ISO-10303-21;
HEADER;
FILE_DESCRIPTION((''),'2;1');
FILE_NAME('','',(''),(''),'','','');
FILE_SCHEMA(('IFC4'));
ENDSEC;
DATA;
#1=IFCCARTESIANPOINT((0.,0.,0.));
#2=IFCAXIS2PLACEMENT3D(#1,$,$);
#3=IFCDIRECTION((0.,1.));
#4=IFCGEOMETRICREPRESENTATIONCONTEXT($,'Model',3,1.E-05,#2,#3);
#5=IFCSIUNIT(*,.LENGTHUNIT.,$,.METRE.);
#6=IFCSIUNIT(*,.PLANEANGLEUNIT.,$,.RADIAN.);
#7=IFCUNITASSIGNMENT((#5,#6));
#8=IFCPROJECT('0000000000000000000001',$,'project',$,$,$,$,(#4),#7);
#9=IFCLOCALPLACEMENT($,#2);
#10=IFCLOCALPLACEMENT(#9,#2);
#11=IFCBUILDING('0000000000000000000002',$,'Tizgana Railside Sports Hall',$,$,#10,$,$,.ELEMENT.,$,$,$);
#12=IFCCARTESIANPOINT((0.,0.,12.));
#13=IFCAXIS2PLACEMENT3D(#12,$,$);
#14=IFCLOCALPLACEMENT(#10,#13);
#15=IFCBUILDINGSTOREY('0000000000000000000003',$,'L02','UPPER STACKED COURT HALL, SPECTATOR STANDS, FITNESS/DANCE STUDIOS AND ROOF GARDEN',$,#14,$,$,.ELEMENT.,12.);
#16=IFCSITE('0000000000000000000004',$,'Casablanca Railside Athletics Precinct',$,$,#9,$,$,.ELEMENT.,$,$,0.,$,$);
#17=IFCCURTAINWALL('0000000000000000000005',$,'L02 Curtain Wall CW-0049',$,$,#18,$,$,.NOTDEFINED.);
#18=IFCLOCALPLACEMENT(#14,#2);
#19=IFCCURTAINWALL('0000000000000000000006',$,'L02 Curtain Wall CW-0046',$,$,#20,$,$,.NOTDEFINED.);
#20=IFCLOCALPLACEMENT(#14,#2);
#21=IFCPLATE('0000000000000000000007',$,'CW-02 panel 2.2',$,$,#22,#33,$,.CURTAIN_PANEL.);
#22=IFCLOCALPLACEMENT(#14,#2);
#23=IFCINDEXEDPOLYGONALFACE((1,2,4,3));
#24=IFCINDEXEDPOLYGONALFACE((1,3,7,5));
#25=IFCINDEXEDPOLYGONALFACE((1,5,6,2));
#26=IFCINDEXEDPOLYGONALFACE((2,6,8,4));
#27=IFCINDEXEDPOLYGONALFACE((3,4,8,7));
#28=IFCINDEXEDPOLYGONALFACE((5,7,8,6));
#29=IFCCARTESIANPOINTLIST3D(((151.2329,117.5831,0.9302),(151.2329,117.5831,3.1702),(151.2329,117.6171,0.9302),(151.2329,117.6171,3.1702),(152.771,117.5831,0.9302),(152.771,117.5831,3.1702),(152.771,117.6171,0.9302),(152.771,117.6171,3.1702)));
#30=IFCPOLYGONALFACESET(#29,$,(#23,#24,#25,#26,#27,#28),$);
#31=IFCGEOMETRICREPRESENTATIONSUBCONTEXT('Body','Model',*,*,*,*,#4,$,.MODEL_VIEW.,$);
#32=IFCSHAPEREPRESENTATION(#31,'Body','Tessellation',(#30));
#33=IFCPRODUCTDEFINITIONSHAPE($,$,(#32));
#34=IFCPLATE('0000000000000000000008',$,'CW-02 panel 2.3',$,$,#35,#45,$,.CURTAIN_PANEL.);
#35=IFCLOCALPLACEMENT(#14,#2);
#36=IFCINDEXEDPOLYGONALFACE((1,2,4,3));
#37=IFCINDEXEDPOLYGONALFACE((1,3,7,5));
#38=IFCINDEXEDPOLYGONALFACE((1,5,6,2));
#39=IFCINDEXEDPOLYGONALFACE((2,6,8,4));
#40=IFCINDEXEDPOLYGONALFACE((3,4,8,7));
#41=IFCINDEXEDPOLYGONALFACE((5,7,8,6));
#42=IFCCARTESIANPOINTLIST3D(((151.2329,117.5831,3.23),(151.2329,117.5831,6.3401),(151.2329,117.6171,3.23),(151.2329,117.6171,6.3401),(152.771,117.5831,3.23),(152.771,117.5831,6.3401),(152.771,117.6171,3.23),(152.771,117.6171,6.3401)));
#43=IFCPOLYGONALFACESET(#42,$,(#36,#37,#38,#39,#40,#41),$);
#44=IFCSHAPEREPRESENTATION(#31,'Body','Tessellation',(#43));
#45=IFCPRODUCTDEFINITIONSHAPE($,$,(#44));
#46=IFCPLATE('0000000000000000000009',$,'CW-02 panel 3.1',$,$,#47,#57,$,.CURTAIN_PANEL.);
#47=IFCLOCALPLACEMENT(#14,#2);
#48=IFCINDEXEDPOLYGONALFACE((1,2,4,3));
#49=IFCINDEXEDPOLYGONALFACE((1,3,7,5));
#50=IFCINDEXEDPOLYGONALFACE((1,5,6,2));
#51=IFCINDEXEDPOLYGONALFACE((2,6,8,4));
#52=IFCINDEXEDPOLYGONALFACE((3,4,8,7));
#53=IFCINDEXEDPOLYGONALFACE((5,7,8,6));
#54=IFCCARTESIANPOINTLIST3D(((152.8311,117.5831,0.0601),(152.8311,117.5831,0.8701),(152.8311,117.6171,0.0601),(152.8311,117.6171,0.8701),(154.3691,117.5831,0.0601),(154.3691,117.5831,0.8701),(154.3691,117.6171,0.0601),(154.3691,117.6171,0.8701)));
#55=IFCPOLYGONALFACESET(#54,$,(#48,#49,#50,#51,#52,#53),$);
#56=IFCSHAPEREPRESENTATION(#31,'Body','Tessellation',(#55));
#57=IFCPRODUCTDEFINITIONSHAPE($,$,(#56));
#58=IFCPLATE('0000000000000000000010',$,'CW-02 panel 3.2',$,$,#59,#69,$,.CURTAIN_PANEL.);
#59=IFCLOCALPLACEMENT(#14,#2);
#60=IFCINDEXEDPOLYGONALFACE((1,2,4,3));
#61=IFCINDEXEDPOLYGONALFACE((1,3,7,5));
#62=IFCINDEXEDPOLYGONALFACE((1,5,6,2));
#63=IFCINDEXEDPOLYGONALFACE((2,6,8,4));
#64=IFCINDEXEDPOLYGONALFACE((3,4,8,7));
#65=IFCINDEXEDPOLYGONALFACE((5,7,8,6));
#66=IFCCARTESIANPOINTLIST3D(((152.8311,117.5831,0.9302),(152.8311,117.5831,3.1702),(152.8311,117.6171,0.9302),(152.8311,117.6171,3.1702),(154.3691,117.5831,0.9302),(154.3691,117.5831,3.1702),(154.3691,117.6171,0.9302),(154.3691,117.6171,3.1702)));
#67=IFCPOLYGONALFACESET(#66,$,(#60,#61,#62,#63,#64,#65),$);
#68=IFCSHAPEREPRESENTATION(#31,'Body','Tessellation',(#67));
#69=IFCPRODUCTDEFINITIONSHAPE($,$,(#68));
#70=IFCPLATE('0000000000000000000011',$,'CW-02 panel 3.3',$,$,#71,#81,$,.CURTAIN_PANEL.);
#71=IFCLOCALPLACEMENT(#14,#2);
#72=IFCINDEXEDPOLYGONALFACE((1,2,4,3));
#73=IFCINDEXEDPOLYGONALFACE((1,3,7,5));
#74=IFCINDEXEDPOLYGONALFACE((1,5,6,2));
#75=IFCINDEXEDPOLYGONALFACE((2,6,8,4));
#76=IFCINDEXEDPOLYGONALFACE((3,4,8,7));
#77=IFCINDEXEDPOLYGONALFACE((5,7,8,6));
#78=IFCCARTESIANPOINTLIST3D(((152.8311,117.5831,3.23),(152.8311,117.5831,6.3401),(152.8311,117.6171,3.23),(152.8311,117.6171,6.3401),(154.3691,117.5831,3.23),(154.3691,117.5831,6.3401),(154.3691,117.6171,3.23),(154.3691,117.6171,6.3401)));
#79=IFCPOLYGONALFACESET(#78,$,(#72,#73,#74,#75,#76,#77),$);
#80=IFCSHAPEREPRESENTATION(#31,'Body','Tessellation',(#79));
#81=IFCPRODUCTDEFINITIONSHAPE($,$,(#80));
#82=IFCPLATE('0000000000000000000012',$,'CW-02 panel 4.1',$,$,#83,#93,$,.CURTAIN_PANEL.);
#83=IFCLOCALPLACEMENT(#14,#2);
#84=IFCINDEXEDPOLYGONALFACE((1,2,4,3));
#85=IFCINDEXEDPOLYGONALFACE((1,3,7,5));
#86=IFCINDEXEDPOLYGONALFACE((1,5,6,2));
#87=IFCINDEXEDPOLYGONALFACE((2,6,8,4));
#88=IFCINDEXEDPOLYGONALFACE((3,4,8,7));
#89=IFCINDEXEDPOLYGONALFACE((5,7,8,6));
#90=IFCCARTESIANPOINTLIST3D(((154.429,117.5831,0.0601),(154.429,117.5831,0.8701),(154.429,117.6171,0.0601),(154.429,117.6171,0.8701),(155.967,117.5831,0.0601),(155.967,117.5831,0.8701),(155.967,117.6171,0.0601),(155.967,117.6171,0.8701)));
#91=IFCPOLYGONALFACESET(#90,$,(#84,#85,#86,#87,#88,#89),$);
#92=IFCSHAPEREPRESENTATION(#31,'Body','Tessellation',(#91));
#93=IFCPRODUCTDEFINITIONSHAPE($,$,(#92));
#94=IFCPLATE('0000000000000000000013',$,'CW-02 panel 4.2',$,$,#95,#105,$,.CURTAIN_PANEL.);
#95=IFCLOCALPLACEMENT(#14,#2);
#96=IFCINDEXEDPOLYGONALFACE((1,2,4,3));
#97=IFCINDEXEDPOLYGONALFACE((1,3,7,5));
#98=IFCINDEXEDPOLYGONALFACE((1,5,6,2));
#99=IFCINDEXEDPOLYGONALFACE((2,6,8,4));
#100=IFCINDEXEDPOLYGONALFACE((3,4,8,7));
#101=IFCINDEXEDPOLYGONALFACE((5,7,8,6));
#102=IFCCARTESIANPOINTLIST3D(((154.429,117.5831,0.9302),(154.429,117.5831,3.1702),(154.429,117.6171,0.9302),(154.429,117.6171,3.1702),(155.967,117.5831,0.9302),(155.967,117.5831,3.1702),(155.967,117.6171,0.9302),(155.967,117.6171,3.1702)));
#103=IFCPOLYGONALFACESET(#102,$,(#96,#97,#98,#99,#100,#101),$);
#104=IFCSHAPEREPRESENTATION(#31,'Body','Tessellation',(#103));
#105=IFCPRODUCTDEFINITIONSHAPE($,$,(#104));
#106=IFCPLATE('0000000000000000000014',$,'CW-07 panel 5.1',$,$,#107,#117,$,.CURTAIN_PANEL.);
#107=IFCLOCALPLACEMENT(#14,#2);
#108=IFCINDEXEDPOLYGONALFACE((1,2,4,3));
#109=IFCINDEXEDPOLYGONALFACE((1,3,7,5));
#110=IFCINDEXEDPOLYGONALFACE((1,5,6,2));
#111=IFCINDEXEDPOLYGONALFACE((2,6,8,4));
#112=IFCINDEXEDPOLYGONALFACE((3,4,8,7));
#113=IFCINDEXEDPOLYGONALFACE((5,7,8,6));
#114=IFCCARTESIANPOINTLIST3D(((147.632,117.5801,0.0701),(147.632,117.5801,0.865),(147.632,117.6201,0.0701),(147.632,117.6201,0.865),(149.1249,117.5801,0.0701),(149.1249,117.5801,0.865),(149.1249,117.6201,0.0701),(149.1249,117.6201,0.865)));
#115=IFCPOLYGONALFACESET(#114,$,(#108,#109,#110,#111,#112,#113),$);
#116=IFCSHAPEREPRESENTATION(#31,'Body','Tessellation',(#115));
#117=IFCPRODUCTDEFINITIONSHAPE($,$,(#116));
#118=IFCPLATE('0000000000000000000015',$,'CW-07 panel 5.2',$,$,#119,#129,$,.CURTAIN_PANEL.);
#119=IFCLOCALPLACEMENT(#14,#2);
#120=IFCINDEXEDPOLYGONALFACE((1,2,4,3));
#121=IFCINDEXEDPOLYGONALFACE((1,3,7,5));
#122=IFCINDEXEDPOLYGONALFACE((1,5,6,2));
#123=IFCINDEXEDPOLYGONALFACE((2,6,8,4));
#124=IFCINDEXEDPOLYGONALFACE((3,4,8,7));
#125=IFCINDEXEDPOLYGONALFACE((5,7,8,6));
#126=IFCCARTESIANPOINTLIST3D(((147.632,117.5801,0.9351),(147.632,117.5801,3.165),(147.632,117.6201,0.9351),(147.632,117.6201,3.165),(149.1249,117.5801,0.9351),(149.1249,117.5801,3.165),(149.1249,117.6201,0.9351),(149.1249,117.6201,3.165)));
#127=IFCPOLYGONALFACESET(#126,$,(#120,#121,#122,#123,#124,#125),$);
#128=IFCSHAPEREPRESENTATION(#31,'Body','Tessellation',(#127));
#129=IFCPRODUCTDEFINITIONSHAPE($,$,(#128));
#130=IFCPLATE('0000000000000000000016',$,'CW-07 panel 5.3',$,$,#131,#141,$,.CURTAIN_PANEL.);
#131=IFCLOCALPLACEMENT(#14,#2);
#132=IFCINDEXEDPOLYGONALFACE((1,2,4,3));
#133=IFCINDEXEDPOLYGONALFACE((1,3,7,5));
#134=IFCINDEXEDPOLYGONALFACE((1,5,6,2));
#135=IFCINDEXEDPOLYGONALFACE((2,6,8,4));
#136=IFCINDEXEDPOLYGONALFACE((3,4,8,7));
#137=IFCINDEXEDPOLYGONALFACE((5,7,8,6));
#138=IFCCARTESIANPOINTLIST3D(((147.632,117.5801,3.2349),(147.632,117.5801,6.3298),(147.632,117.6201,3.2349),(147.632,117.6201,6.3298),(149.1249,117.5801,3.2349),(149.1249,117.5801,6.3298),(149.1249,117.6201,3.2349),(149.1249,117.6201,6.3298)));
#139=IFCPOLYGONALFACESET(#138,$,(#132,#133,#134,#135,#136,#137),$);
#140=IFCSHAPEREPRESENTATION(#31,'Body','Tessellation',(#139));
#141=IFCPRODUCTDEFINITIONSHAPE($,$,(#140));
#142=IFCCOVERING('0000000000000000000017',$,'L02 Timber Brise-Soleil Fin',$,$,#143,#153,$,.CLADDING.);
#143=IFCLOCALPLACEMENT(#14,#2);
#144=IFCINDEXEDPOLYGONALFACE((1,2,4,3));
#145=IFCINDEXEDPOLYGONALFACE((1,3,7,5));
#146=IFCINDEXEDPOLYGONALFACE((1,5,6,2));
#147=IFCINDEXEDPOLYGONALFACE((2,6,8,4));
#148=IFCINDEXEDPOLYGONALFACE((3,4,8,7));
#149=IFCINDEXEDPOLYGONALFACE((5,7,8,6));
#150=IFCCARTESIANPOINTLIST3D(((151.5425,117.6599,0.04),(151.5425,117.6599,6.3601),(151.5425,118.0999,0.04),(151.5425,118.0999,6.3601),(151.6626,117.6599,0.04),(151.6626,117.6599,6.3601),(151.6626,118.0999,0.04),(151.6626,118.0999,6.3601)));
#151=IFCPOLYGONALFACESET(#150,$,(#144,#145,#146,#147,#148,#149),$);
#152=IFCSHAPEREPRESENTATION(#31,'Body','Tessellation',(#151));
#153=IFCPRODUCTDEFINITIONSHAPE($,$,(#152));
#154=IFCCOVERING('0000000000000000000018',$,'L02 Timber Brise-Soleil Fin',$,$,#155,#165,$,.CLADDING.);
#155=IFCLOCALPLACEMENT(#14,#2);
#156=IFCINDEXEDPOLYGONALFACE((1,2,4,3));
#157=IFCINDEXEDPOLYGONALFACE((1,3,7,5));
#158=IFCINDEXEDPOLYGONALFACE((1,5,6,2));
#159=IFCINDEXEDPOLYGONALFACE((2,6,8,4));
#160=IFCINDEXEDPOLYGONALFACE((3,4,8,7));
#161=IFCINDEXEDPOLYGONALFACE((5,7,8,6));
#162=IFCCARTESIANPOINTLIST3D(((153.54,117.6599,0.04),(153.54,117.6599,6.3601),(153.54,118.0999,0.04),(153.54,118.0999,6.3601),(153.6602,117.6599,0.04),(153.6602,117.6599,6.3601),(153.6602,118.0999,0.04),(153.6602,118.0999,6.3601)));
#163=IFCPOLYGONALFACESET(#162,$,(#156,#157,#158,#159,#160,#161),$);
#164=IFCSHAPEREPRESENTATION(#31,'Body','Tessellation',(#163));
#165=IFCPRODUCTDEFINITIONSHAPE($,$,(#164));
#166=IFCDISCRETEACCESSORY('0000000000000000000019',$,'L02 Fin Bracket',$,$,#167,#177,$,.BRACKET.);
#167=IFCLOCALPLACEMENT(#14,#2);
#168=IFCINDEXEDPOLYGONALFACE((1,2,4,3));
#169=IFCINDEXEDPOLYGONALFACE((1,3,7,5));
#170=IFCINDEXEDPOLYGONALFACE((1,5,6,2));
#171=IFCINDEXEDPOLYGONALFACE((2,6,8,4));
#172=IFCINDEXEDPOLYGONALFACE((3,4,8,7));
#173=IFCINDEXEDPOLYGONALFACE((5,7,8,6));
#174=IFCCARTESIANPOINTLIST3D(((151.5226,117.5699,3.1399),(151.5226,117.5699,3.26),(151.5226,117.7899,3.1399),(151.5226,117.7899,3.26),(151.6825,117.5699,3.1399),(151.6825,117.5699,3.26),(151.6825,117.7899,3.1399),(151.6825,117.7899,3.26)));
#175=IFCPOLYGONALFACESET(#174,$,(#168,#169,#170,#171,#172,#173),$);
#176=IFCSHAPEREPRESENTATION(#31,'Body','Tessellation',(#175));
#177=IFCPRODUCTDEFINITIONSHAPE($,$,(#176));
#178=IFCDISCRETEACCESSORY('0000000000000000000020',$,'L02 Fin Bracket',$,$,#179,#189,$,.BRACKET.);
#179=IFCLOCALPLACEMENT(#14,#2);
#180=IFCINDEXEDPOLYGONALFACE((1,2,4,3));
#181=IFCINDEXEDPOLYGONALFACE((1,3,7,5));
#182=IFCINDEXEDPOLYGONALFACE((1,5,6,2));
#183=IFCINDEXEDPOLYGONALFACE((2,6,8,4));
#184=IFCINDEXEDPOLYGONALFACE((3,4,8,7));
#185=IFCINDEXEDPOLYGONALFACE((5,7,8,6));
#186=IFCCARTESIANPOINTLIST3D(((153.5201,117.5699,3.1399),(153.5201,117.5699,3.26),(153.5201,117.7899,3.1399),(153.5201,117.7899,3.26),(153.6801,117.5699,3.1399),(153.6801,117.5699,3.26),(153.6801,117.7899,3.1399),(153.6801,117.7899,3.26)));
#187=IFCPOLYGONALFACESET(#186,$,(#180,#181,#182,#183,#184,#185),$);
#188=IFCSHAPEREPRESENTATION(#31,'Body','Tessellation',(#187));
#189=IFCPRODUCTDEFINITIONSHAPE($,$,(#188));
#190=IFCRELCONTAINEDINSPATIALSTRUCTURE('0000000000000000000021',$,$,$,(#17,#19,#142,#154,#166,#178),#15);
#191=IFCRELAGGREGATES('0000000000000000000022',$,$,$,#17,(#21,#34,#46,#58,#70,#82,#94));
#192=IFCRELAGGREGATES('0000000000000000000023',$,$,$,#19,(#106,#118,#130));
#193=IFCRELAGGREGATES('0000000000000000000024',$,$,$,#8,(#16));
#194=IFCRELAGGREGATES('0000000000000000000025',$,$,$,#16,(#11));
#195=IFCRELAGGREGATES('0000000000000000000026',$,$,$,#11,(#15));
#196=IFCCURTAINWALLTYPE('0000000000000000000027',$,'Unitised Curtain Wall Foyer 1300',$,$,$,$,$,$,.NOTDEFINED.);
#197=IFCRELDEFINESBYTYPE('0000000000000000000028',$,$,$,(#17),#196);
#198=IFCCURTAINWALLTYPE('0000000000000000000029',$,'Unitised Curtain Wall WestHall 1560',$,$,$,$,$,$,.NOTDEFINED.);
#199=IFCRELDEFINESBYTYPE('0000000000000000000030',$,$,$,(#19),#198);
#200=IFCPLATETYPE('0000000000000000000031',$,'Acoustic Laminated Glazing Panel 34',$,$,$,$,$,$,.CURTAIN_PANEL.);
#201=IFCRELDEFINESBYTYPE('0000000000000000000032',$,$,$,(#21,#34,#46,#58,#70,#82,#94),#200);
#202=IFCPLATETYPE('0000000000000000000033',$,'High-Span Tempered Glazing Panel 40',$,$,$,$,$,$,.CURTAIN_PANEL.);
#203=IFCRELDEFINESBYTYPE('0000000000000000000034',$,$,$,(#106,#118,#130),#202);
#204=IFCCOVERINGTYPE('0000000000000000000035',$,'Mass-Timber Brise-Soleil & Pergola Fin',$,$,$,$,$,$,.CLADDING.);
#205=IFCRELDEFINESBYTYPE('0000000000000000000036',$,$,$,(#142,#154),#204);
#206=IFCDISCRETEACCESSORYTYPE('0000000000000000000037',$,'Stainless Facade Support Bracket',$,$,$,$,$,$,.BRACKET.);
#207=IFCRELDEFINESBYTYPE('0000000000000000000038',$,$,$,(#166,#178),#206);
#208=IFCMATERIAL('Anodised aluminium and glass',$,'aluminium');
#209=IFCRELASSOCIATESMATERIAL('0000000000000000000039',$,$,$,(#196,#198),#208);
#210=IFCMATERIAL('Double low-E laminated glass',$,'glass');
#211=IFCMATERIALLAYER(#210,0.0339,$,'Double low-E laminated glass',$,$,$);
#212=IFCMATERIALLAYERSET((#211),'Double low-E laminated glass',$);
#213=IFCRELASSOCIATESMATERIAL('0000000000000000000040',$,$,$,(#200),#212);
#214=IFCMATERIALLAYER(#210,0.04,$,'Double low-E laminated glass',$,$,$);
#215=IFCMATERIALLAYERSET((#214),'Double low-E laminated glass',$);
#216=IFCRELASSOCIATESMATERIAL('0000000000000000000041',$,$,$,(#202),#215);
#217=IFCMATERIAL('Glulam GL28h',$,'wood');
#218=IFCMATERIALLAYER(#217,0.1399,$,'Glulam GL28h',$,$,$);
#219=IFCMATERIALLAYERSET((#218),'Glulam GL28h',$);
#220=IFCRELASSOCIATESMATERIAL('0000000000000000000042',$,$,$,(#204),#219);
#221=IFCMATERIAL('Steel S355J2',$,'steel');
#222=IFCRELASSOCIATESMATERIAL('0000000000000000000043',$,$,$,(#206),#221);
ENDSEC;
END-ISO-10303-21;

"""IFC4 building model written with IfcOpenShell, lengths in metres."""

from ifc_helpers import new_model, si_unit, direction, frame, origin, origin_2d, place, context, subcontext, project, spatial, rectangle, extrude, material, layer, layer_set, type_object, element, aggregate, save


model = new_model("IFC4")

# Units and contexts
model_context = context("Model", 3, precision=1e-05, world=origin(), true_north=direction((0.0, 1.0)))
body_context = subcontext(model_context, "Body", "Model", "MODEL_VIEW")
ifc_project = project(units=[si_unit("LENGTHUNIT", "METRE"), si_unit("PLANEANGLEUNIT", "RADIAN")], contexts=[model_context])

# Site, building, storey
site_placement = place(None, origin())
site = spatial("IfcSite", under=ifc_project, at=site_placement, Name="Casablanca Railside Athletics Precinct", CompositionType="ELEMENT", RefElevation=0.0)
building_placement = place(site_placement, origin())
building = spatial("IfcBuilding", under=site, at=building_placement, Name="Tizgana Railside Sports Hall", CompositionType="ELEMENT")
storey_placement = place(building_placement, frame((0.0, 0.0, 12.0)))
storey = spatial("IfcBuildingStorey", under=building, at=storey_placement, Name="L02", Description="UPPER STACKED COURT HALL, SPECTATOR STANDS, FITNESS/DANCE STUDIOS AND ROOF GARDEN", CompositionType="ELEMENT", Elevation=12.0)

# Shared definitions
ifc_material_1 = material(Name="Steel S355J2", Category="steel")

# Curtain wall
ifc_material_2 = material(Name="Anodised aluminium and glass", Category="aluminium")
curtain_wall_type_1 = type_object("IfcCurtainWallType", Name="Unitised Curtain Wall Foyer 1300", PredefinedType="NOTDEFINED", material=ifc_material_2)
curtain_wall_1_placement = place(storey_placement, origin())
curtain_wall_1 = element("IfcCurtainWall", 1, at=curtain_wall_1_placement, inside=storey, type_object=curtain_wall_type_1, Name="L02 Curtain Wall CW-0049", PredefinedType="NOTDEFINED")

# Curtain wall
curtain_wall_type_2 = type_object("IfcCurtainWallType", Name="Unitised Curtain Wall WestHall 1560", PredefinedType="NOTDEFINED", material=ifc_material_2)
curtain_wall_2_placement = place(storey_placement, origin())
curtain_wall_2 = element("IfcCurtainWall", 2, at=curtain_wall_2_placement, inside=storey, type_object=curtain_wall_type_2, Name="L02 Curtain Wall CW-0046", PredefinedType="NOTDEFINED")

# Plates
ifc_material_3 = material(Name="Double low-E laminated glass", Category="glass")
ifc_layer_1 = layer(ifc_material_3, 0.0339, Name="Double low-E laminated glass")
ifc_layer_set_1 = layer_set([ifc_layer_1], Name="Double low-E laminated glass")
plate_type_1 = type_object("IfcPlateType", Name="Acoustic Laminated Glazing Panel 34", PredefinedType="CURTAIN_PANEL", material=ifc_layer_set_1)
plate_1_placement = place(storey_placement, frame((152.002, 117.6001, 0.9302), z_axis=(0.0, 0.0, 1.0), x_axis=(1.0, 0.0, 0.0)))
plate_1 = element("IfcPlate", 3, at=plate_1_placement, type_object=plate_type_1, Name="CW-02 panel 2.2", PredefinedType="CURTAIN_PANEL", context=body_context, shape_type="SweptSolid", body=[
    extrude(rectangle(XDim=1.5381, YDim=0.0339, at=origin_2d()), origin(), (0.0, 0.0, 1.0), 2.24),
])
plate_2_placement = place(storey_placement, frame((152.002, 117.6001, 3.23), z_axis=(0.0, 0.0, 1.0), x_axis=(1.0, 0.0, 0.0)))
plate_2 = element("IfcPlate", 4, at=plate_2_placement, type_object=plate_type_1, Name="CW-02 panel 2.3", PredefinedType="CURTAIN_PANEL", context=body_context, shape_type="SweptSolid", body=[
    extrude(rectangle(XDim=1.5381, YDim=0.0339, at=origin_2d()), origin(), (0.0, 0.0, 1.0), 3.1101),
])
plate_3_placement = place(storey_placement, frame((153.6001, 117.6001, 0.0601), z_axis=(0.0, 0.0, 1.0), x_axis=(1.0, 0.0, 0.0)))
plate_3 = element("IfcPlate", 5, at=plate_3_placement, type_object=plate_type_1, Name="CW-02 panel 3.1", PredefinedType="CURTAIN_PANEL", context=body_context, shape_type="SweptSolid", body=[
    extrude(rectangle(XDim=1.5381, YDim=0.0339, at=origin_2d()), origin(), (0.0, 0.0, 1.0), 0.8101),
])
plate_4_placement = place(storey_placement, frame((153.6001, 117.6001, 0.9302), z_axis=(0.0, 0.0, 1.0), x_axis=(1.0, 0.0, 0.0)))
plate_4 = element("IfcPlate", 6, at=plate_4_placement, type_object=plate_type_1, Name="CW-02 panel 3.2", PredefinedType="CURTAIN_PANEL", context=body_context, shape_type="SweptSolid", body=[
    extrude(rectangle(XDim=1.5381, YDim=0.0339, at=origin_2d()), origin(), (0.0, 0.0, 1.0), 2.24),
])
plate_5_placement = place(storey_placement, frame((153.6001, 117.6001, 3.23), z_axis=(0.0, 0.0, 1.0), x_axis=(1.0, 0.0, 0.0)))
plate_5 = element("IfcPlate", 7, at=plate_5_placement, type_object=plate_type_1, Name="CW-02 panel 3.3", PredefinedType="CURTAIN_PANEL", context=body_context, shape_type="SweptSolid", body=[
    extrude(rectangle(XDim=1.5381, YDim=0.0339, at=origin_2d()), origin(), (0.0, 0.0, 1.0), 3.1101),
])
plate_6_placement = place(storey_placement, frame((155.198, 117.6001, 0.0601), z_axis=(0.0, 0.0, 1.0), x_axis=(1.0, 0.0, 0.0)))
plate_6 = element("IfcPlate", 8, at=plate_6_placement, type_object=plate_type_1, Name="CW-02 panel 4.1", PredefinedType="CURTAIN_PANEL", context=body_context, shape_type="SweptSolid", body=[
    extrude(rectangle(XDim=1.5381, YDim=0.0339, at=origin_2d()), origin(), (0.0, 0.0, 1.0), 0.8101),
])
plate_7_placement = place(storey_placement, frame((155.198, 117.6001, 0.9302), z_axis=(0.0, 0.0, 1.0), x_axis=(1.0, 0.0, 0.0)))
plate_7 = element("IfcPlate", 9, at=plate_7_placement, type_object=plate_type_1, Name="CW-02 panel 4.2", PredefinedType="CURTAIN_PANEL", context=body_context, shape_type="SweptSolid", body=[
    extrude(rectangle(XDim=1.5381, YDim=0.0339, at=origin_2d()), origin(), (0.0, 0.0, 1.0), 2.24),
])
aggregate(curtain_wall_1, [plate_1, plate_2, plate_3, plate_4, plate_5, plate_6, plate_7])
ifc_layer_2 = layer(ifc_material_3, 0.04, Name="Double low-E laminated glass")
ifc_layer_set_2 = layer_set([ifc_layer_2], Name="Double low-E laminated glass")
plate_type_2 = type_object("IfcPlateType", Name="High-Span Tempered Glazing Panel 40", PredefinedType="CURTAIN_PANEL", material=ifc_layer_set_2)
plate_8_placement = place(storey_placement, frame((148.3784, 117.6001, 0.0701), z_axis=(0.0, 0.0, 1.0), x_axis=(1.0, 0.0, 0.0)))
plate_8 = element("IfcPlate", 10, at=plate_8_placement, type_object=plate_type_2, Name="CW-07 panel 5.1", PredefinedType="CURTAIN_PANEL", context=body_context, shape_type="SweptSolid", body=[
    extrude(rectangle(XDim=1.4929, YDim=0.04, at=origin_2d()), origin(), (0.0, 0.0, 1.0), 0.7949),
])
plate_9_placement = place(storey_placement, frame((148.3784, 117.6001, 0.9351), z_axis=(0.0, 0.0, 1.0), x_axis=(1.0, 0.0, 0.0)))
plate_9 = element("IfcPlate", 11, at=plate_9_placement, type_object=plate_type_2, Name="CW-07 panel 5.2", PredefinedType="CURTAIN_PANEL", context=body_context, shape_type="SweptSolid", body=[
    extrude(rectangle(XDim=1.4929, YDim=0.04, at=origin_2d()), origin(), (0.0, 0.0, 1.0), 2.23),
])
plate_10_placement = place(storey_placement, frame((148.3784, 117.6001, 3.2349), z_axis=(0.0, 0.0, 1.0), x_axis=(1.0, 0.0, 0.0)))
plate_10 = element("IfcPlate", 12, at=plate_10_placement, type_object=plate_type_2, Name="CW-07 panel 5.3", PredefinedType="CURTAIN_PANEL", context=body_context, shape_type="SweptSolid", body=[
    extrude(rectangle(XDim=1.4929, YDim=0.04, at=origin_2d()), origin(), (0.0, 0.0, 1.0), 3.095),
])
aggregate(curtain_wall_2, [plate_8, plate_9, plate_10])

# Coverings
ifc_material_4 = material(Name="Glulam GL28h", Category="wood")
ifc_layer_3 = layer(ifc_material_4, 0.1399, Name="Glulam GL28h")
ifc_layer_set_3 = layer_set([ifc_layer_3], Name="Glulam GL28h")
covering_type = type_object("IfcCoveringType", Name="Mass-Timber Brise-Soleil & Pergola Fin", PredefinedType="CLADDING", material=ifc_layer_set_3)
for number, where, z_axis, x_axis, name in (
    (13, (151.6025, 117.8799, 0.04), (0.0, 0.0, 1.0), (1.0, 0.0, 0.0), "L02 Timber Brise-Soleil Fin"),
    (14, (153.6001, 117.8799, 0.04), (0.0, 0.0, 1.0), (1.0, 0.0, 0.0), "L02 Timber Brise-Soleil Fin"),
):
    element("IfcCovering", number, at=place(storey_placement, frame(where, z_axis=z_axis, x_axis=x_axis)), inside=storey, type_object=covering_type, Name=name, PredefinedType="CLADDING", context=body_context, shape_type="SweptSolid", body=[
        extrude(rectangle(XDim=0.1201, YDim=0.4399, at=origin_2d()), origin(), (0.0, 0.0, 1.0), 6.3201),
    ])

# Discrete accessories
discrete_accessory_type = type_object("IfcDiscreteAccessoryType", Name="Stainless Facade Support Bracket", PredefinedType="BRACKET", material=ifc_material_1)
for number, where, z_axis, x_axis, name in (
    (15, (151.6025, 117.6799, 3.1399), (0.0, 0.0, 1.0), (1.0, 0.0, 0.0), "L02 Fin Bracket"),
    (16, (153.6001, 117.6799, 3.1399), (0.0, 0.0, 1.0), (1.0, 0.0, 0.0), "L02 Fin Bracket"),
):
    element("IfcDiscreteAccessory", number, at=place(storey_placement, frame(where, z_axis=z_axis, x_axis=x_axis)), inside=storey, type_object=discrete_accessory_type, Name=name, PredefinedType="BRACKET", context=body_context, shape_type="SweptSolid", body=[
        extrude(rectangle(XDim=0.1599, YDim=0.22, at=origin_2d()), origin(), (0.0, 0.0, 1.0), 0.1201),
    ])

save(model, "model.ifc")
